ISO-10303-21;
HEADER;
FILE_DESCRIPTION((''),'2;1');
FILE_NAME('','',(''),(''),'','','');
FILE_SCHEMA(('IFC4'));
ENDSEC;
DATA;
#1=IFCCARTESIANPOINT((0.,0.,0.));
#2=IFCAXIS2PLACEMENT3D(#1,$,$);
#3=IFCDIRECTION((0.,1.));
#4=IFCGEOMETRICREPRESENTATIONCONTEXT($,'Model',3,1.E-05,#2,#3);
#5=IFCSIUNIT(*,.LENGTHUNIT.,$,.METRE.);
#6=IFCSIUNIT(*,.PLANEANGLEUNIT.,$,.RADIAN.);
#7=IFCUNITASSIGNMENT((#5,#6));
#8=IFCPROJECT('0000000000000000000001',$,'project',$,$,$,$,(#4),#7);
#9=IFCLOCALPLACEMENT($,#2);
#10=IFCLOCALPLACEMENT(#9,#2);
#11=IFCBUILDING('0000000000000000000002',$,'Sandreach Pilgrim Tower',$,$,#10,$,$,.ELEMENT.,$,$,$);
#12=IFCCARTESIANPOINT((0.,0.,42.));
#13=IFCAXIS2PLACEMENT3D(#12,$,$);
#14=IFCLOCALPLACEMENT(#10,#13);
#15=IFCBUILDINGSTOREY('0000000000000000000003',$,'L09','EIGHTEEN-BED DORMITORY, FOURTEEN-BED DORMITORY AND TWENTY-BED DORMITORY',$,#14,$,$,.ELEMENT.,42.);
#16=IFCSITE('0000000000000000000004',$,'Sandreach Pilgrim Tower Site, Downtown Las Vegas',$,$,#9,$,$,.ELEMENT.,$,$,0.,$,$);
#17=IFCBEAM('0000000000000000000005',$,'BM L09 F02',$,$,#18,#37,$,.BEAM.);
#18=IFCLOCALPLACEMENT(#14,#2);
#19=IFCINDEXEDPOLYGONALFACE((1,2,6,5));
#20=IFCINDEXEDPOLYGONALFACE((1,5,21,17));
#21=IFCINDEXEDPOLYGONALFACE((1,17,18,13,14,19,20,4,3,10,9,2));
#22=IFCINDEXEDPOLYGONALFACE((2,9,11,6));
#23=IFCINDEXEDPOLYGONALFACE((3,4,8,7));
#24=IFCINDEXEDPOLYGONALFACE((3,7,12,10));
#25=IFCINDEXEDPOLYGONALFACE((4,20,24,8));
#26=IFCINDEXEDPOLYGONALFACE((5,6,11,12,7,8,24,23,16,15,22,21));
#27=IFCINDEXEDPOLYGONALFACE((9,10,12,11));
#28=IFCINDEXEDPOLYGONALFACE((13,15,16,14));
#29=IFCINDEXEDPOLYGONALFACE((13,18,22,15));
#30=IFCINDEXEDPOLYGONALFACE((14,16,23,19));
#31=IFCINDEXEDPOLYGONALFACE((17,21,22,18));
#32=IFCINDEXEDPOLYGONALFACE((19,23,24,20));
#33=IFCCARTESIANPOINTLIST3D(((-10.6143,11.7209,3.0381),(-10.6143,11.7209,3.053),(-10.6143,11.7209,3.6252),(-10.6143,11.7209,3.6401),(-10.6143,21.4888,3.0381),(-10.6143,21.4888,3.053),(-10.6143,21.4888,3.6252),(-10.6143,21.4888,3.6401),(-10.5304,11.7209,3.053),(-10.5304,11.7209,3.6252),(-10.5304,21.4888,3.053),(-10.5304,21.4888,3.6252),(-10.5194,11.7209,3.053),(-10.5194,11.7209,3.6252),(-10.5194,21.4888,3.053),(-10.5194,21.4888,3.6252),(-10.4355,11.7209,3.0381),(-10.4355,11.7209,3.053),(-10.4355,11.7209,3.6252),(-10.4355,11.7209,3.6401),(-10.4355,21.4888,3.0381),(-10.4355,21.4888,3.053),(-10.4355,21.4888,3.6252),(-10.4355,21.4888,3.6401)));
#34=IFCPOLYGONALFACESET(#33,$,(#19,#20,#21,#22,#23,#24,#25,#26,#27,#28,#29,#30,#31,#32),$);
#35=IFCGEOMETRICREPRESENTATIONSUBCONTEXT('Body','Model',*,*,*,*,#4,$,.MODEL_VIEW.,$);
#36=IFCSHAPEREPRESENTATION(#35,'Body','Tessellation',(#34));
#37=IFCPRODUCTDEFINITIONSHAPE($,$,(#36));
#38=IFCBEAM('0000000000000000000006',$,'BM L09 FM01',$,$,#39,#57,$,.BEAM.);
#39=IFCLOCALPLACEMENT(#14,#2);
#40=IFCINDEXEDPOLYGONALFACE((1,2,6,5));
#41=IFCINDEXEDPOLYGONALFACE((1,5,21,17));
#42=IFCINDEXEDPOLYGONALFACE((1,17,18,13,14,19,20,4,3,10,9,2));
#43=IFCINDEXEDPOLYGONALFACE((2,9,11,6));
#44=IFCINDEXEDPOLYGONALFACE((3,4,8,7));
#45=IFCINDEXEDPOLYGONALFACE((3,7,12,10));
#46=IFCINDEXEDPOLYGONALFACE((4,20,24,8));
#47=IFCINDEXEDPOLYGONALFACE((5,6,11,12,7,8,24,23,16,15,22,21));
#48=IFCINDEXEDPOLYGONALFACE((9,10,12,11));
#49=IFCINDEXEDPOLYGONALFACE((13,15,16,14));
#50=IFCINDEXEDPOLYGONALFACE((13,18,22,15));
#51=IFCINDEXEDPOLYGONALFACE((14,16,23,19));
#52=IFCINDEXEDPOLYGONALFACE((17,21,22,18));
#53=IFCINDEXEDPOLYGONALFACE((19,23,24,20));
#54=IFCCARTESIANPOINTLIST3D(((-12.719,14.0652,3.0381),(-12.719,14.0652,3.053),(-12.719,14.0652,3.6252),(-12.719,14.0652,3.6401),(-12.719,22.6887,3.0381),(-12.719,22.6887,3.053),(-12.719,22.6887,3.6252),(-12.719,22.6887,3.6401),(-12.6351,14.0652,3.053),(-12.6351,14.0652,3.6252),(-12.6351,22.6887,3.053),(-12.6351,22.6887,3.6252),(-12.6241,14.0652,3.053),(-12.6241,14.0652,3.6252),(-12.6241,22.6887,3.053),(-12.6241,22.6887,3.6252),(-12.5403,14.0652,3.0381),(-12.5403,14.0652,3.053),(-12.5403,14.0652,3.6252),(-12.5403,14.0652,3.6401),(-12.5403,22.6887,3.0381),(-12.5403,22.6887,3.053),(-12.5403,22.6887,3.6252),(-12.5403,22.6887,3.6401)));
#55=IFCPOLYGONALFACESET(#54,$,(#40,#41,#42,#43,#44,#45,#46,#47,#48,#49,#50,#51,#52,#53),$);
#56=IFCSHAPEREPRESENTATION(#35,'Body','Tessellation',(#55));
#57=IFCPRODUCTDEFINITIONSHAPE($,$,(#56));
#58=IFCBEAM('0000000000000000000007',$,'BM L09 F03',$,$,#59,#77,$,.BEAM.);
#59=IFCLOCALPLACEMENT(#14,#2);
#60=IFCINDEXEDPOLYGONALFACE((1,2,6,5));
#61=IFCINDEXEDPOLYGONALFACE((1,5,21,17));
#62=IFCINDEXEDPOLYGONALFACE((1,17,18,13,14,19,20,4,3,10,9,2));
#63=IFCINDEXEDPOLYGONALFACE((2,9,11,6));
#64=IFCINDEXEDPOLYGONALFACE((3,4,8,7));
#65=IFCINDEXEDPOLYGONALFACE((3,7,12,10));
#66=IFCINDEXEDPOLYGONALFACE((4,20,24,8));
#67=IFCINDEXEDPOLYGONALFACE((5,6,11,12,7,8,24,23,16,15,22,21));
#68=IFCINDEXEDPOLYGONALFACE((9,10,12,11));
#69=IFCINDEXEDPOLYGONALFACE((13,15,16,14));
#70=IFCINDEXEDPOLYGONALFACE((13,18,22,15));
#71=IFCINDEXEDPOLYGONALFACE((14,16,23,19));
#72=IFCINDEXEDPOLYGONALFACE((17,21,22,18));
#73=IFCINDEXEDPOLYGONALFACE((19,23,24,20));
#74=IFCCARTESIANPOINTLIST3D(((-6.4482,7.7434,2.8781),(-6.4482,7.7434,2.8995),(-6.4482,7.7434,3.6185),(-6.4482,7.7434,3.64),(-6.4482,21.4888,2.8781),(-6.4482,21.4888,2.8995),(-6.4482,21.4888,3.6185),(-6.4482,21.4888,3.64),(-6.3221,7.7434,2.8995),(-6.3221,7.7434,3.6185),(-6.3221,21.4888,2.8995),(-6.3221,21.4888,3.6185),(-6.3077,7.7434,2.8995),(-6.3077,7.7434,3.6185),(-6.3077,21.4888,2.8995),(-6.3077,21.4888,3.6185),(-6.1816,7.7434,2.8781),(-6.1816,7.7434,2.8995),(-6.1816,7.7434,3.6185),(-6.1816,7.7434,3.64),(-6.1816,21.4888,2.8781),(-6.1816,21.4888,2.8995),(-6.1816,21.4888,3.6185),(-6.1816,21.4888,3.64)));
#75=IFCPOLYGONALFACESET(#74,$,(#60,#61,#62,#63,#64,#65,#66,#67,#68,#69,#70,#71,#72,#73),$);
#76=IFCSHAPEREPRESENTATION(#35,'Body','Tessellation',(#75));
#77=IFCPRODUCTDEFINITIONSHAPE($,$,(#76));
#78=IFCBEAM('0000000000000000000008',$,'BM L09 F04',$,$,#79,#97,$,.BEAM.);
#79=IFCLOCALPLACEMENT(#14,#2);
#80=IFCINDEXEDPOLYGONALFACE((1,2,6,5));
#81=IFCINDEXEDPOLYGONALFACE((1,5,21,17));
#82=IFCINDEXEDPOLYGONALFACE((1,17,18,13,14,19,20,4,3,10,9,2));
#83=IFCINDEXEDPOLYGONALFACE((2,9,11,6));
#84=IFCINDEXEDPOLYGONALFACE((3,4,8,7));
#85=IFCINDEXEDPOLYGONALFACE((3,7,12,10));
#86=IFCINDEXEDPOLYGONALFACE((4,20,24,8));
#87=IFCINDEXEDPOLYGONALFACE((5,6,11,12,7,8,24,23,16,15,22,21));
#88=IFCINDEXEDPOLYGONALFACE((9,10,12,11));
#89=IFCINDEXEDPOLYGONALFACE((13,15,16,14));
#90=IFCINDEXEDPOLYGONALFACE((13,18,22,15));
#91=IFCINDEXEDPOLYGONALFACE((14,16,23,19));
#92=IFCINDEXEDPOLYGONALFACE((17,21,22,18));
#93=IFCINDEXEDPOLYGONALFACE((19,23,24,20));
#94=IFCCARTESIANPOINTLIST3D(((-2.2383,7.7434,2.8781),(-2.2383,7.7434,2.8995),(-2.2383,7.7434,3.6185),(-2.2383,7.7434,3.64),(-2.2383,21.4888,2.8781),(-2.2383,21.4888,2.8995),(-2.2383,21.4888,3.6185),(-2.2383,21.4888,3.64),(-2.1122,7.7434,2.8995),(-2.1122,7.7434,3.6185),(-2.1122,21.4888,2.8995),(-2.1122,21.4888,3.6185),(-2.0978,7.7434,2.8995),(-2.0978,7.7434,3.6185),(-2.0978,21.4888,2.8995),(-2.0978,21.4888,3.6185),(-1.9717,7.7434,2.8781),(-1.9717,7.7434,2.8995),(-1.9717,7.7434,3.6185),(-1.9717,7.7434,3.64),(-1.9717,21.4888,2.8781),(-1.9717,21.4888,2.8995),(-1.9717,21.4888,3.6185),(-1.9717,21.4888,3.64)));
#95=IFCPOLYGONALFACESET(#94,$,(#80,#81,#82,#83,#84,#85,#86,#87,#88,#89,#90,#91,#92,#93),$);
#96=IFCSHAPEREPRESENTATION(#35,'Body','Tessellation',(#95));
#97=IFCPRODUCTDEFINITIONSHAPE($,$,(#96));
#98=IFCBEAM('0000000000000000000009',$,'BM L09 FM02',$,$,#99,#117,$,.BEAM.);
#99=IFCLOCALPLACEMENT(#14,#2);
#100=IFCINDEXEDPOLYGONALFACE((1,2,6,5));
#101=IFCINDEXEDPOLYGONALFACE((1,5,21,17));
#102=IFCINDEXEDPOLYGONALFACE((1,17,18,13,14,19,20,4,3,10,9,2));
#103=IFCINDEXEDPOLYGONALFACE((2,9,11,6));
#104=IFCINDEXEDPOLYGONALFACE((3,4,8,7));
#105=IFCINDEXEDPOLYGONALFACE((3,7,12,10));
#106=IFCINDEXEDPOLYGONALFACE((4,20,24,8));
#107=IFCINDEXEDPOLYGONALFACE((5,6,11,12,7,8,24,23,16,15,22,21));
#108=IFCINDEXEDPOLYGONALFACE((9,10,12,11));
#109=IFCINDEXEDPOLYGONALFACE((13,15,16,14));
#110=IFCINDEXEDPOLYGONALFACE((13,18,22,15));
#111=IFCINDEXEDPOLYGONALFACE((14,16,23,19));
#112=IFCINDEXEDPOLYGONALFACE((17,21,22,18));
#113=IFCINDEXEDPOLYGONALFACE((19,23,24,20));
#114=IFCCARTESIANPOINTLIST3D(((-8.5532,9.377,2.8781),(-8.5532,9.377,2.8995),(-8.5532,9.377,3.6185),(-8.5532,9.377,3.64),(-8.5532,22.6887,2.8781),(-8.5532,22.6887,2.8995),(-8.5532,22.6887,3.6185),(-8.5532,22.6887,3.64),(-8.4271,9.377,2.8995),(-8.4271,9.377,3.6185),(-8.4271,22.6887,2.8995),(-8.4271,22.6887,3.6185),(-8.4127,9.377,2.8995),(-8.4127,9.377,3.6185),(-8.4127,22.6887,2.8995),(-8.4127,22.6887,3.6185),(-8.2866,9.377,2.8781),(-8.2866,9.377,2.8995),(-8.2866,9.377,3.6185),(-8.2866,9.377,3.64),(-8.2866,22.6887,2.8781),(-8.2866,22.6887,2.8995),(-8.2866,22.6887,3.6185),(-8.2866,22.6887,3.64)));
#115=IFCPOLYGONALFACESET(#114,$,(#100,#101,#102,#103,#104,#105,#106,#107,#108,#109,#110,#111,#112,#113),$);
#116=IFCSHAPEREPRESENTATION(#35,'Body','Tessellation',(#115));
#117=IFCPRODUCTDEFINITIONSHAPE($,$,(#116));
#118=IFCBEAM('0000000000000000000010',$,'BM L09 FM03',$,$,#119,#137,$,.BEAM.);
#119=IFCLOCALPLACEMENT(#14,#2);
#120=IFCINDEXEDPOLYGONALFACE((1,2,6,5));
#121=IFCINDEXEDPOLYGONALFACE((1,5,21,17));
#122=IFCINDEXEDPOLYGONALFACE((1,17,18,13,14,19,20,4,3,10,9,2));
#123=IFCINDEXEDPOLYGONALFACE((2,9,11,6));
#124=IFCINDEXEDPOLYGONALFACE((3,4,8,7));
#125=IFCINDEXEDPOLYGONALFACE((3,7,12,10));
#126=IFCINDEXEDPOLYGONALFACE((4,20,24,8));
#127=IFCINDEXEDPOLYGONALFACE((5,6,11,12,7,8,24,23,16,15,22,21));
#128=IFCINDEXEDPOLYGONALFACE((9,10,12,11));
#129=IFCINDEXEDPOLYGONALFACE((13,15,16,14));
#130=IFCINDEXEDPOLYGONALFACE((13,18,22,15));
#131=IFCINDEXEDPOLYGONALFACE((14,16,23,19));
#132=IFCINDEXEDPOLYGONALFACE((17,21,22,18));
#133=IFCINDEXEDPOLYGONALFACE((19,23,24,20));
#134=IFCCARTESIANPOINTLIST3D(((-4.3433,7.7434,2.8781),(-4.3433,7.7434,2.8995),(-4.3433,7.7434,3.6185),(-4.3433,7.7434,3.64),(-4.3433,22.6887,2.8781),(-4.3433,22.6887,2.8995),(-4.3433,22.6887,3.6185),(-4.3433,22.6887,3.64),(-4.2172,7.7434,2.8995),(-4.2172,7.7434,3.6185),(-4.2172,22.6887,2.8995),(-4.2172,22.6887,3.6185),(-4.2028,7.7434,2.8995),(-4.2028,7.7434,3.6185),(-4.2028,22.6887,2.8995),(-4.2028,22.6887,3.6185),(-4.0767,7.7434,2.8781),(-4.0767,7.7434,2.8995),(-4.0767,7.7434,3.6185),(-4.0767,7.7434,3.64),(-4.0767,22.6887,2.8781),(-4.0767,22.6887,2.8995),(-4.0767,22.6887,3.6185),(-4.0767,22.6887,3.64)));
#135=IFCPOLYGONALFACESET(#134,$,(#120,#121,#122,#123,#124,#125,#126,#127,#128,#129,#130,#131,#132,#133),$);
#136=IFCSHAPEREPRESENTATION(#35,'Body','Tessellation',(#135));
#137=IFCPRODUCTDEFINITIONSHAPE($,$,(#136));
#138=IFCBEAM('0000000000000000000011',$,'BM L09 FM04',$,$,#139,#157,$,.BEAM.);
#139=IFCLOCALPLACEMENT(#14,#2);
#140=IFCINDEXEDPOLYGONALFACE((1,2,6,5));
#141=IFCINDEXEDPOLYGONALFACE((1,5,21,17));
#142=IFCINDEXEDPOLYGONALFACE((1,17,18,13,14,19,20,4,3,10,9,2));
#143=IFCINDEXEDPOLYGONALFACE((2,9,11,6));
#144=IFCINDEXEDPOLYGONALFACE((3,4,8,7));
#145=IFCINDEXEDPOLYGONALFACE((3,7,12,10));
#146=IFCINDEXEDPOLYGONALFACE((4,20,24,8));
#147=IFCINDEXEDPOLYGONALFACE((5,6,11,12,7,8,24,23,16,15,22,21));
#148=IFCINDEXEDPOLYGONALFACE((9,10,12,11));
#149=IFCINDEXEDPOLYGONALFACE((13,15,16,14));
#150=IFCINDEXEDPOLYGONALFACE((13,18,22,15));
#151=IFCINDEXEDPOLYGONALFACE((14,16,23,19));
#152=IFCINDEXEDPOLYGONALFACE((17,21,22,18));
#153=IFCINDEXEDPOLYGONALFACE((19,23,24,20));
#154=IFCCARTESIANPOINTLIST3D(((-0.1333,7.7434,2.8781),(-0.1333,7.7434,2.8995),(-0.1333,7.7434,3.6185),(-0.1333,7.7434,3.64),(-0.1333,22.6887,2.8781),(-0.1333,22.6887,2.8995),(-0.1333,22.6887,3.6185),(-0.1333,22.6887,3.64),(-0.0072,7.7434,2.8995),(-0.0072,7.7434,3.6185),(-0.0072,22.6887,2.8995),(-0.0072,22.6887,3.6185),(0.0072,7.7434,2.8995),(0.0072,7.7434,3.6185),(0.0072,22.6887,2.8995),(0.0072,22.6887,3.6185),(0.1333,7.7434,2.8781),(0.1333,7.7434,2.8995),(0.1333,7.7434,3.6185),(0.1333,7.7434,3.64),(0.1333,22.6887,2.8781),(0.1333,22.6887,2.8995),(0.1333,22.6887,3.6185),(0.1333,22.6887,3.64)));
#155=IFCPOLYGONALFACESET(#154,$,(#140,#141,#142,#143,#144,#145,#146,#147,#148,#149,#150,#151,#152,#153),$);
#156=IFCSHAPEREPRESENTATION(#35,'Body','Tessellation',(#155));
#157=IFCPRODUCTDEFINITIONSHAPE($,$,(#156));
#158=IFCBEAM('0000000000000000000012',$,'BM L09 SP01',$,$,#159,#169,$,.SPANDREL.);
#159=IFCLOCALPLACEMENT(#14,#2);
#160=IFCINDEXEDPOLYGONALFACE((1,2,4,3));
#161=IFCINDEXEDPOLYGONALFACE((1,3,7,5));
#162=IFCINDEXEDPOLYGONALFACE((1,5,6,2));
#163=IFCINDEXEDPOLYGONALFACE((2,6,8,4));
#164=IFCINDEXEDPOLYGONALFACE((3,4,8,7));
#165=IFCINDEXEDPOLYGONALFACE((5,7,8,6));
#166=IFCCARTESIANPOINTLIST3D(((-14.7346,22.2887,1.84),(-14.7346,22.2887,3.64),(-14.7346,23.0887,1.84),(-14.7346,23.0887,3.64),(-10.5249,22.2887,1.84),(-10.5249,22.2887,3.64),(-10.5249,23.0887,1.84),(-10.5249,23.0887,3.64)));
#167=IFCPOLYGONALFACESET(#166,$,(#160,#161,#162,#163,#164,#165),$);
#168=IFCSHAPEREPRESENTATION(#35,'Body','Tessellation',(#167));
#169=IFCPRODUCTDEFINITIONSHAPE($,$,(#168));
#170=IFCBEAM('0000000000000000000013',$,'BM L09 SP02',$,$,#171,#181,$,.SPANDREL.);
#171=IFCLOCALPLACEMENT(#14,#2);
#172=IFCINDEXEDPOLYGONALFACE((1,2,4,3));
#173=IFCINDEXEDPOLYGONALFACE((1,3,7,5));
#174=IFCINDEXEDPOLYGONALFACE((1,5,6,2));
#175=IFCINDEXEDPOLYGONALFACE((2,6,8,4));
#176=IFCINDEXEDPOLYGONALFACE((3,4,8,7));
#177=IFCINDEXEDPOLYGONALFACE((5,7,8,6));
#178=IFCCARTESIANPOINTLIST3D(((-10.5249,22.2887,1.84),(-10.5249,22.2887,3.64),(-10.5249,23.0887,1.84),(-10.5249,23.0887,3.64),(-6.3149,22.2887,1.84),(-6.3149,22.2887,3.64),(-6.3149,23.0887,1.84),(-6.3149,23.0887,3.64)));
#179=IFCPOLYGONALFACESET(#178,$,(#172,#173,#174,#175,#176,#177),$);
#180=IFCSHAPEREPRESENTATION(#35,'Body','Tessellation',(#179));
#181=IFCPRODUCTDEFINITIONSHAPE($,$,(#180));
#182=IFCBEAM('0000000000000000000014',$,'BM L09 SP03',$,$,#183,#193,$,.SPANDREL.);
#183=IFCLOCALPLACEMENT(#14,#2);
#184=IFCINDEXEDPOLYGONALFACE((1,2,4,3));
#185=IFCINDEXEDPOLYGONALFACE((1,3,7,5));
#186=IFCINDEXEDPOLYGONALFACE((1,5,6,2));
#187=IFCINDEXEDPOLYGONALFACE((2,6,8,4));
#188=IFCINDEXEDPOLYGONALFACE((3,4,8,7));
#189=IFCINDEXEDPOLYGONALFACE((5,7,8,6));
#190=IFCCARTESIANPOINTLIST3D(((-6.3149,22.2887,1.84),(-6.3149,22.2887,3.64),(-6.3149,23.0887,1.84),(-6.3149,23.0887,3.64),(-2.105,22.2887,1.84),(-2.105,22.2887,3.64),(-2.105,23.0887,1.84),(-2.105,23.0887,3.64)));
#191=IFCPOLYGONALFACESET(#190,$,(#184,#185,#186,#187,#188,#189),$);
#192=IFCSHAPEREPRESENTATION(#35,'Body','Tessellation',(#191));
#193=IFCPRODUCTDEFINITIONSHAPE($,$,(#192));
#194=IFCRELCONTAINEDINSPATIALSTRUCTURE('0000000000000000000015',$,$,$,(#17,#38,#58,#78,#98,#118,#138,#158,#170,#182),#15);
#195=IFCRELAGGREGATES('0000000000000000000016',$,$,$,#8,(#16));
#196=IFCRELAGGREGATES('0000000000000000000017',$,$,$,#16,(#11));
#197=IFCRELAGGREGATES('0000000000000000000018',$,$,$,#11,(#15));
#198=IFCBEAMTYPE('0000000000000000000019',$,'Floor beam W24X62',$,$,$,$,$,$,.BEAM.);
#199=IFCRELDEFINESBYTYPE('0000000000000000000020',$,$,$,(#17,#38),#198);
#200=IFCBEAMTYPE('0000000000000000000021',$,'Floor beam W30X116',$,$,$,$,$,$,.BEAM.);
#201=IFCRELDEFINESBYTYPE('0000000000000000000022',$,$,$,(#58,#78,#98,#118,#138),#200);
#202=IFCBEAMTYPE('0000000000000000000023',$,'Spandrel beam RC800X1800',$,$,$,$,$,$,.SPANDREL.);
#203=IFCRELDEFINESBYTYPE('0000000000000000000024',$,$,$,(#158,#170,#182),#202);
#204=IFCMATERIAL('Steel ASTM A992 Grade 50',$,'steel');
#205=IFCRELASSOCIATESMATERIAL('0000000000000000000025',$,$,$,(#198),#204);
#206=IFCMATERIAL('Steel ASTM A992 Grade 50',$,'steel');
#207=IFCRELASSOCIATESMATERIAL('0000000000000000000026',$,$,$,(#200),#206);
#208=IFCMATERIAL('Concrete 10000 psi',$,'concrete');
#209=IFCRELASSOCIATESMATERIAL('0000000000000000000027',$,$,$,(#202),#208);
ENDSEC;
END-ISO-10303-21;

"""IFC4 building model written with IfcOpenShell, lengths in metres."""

from ifc_helpers import new_model, si_unit, direction, frame, origin, origin_2d, place, context, subcontext, project, spatial, rectangle, i_section, extrude, material, material_profile, profile_set, type_object, element, save


model = new_model("IFC4")

# Units and contexts
model_context = context("Model", 3, precision=1e-05, world=origin(), true_north=direction((0.0, 1.0)))
body_context = subcontext(model_context, "Body", "Model", "MODEL_VIEW")
ifc_project = project(units=[si_unit("LENGTHUNIT", "METRE"), si_unit("PLANEANGLEUNIT", "RADIAN")], contexts=[model_context])

# Site, building, storey
site_placement = place(None, origin())
site = spatial("IfcSite", under=ifc_project, at=site_placement, Name="Sandreach Pilgrim Tower Site, Downtown Las Vegas", CompositionType="ELEMENT", RefElevation=0.0)
building_placement = place(site_placement, origin())
building = spatial("IfcBuilding", under=site, at=building_placement, Name="Sandreach Pilgrim Tower", CompositionType="ELEMENT")
storey_placement = place(building_placement, frame((0.0, 0.0, 42.0)))
storey = spatial("IfcBuildingStorey", under=building, at=storey_placement, Name="L09", Description="EIGHTEEN-BED DORMITORY, FOURTEEN-BED DORMITORY AND TWENTY-BED DORMITORY", CompositionType="ELEMENT", Elevation=42.0)

# Beams
ifc_material_1 = material(Name="Steel ASTM A992 Grade 50", Category="steel")
ifc_material_profile_1 = material_profile(ifc_material_1, i_section(OverallWidth=0.1787, OverallDepth=0.6021, WebThickness=0.011, FlangeThickness=0.0149, at=origin_2d()), Name="W24X62")
ifc_profile_set_1 = profile_set([ifc_material_profile_1], Name="Steel ASTM A992 Grade 50")
beam_type_1 = type_object("IfcBeamType", Name="Floor beam W24X62", PredefinedType="BEAM", material=ifc_profile_set_1)
beam_1_placement = place(storey_placement, frame((-10.5249, 21.4888, 3.3391), z_axis=(0.0, -1.0, 0.0), x_axis=(1.0, 0.0, 0.0)))
element("IfcBeam", 1, at=beam_1_placement, inside=storey, type_object=beam_type_1, Name="BM L09 F02", PredefinedType="BEAM", context=body_context, shape_type="SweptSolid", body=[
    extrude(i_section(OverallWidth=0.1787, OverallDepth=0.6021, WebThickness=0.011, FlangeThickness=0.0149, at=origin_2d()), origin(), (0.0, 0.0, 1.0), 9.7678),
])
beam_2_placement = place(storey_placement, frame((-12.6296, 22.6887, 3.3391), z_axis=(0.0, -1.0, 0.0), x_axis=(1.0, 0.0, 0.0)))
element("IfcBeam", 2, at=beam_2_placement, inside=storey, type_object=beam_type_1, Name="BM L09 FM01", PredefinedType="BEAM", context=body_context, shape_type="SweptSolid", body=[
    extrude(i_section(OverallWidth=0.1787, OverallDepth=0.6021, WebThickness=0.011, FlangeThickness=0.0149, at=origin_2d()), origin(), (0.0, 0.0, 1.0), 8.6235),
])
ifc_material_2 = material(Name="Steel ASTM A992 Grade 50", Category="steel")
ifc_material_profile_2 = material_profile(ifc_material_2, i_section(OverallWidth=0.2666, OverallDepth=0.762, WebThickness=0.0144, FlangeThickness=0.0215, at=origin_2d()), Name="W30X116")
ifc_profile_set_2 = profile_set([ifc_material_profile_2], Name="Steel ASTM A992 Grade 50")
beam_type_2 = type_object("IfcBeamType", Name="Floor beam W30X116", PredefinedType="BEAM", material=ifc_profile_set_2)
for number, where, z_axis, x_axis, name in (
    (3, (-6.3149, 21.4888, 3.259), (0.0, -1.0, 0.0), (1.0, 0.0, 0.0), "BM L09 F03"),
    (4, (-2.105, 21.4888, 3.259), (0.0, -1.0, 0.0), (1.0, 0.0, 0.0), "BM L09 F04"),
):
    element("IfcBeam", number, at=place(storey_placement, frame(where, z_axis=z_axis, x_axis=x_axis)), inside=storey, type_object=beam_type_2, Name=name, PredefinedType="BEAM", context=body_context, shape_type="SweptSolid", body=[
        extrude(i_section(OverallWidth=0.2666, OverallDepth=0.762, WebThickness=0.0144, FlangeThickness=0.0215, at=origin_2d()), origin(), (0.0, 0.0, 1.0), 13.7454),
    ])
beam_3_placement = place(storey_placement, frame((-8.4199, 22.6887, 3.259), z_axis=(0.0, -1.0, 0.0), x_axis=(1.0, 0.0, 0.0)))
element("IfcBeam", 5, at=beam_3_placement, inside=storey, type_object=beam_type_2, Name="BM L09 FM02", PredefinedType="BEAM", context=body_context, shape_type="SweptSolid", body=[
    extrude(i_section(OverallWidth=0.2666, OverallDepth=0.762, WebThickness=0.0144, FlangeThickness=0.0215, at=origin_2d()), origin(), (0.0, 0.0, 1.0), 13.3118),
])
for number, where, z_axis, x_axis, name in (
    (6, (-4.21, 22.6887, 3.259), (0.0, -1.0, 0.0), (1.0, 0.0, 0.0), "BM L09 FM03"),
    (7, (0.0, 22.6887, 3.259), (0.0, -1.0, 0.0), (1.0, 0.0, 0.0), "BM L09 FM04"),
):
    element("IfcBeam", number, at=place(storey_placement, frame(where, z_axis=z_axis, x_axis=x_axis)), inside=storey, type_object=beam_type_2, Name=name, PredefinedType="BEAM", context=body_context, shape_type="SweptSolid", body=[
        extrude(i_section(OverallWidth=0.2666, OverallDepth=0.762, WebThickness=0.0144, FlangeThickness=0.0215, at=origin_2d()), origin(), (0.0, 0.0, 1.0), 14.9453),
    ])
ifc_material_3 = material(Name="Concrete 10000 psi", Category="concrete")
ifc_material_profile_3 = material_profile(ifc_material_3, rectangle(XDim=0.8, YDim=1.8, at=origin_2d()), Name="RC800X1800")
ifc_profile_set_3 = profile_set([ifc_material_profile_3], Name="Concrete 10000 psi")
beam_type_3 = type_object("IfcBeamType", Name="Spandrel beam RC800X1800", PredefinedType="SPANDREL", material=ifc_profile_set_3)
beam_4_placement = place(storey_placement, frame((-14.7346, 22.6887, 2.74), z_axis=(1.0, 0.0, 0.0), x_axis=(0.0, 1.0, 0.0)))
element("IfcBeam", 8, at=beam_4_placement, inside=storey, type_object=beam_type_3, Name="BM L09 SP01", PredefinedType="SPANDREL", context=body_context, shape_type="SweptSolid", body=[
    extrude(rectangle(XDim=0.8, YDim=1.8, at=origin_2d()), origin(), (0.0, 0.0, 1.0), 4.2097),
])
for number, where, z_axis, x_axis, name in (
    (9, (-10.5249, 22.6887, 2.74), (1.0, 0.0, 0.0), (0.0, 1.0, 0.0), "BM L09 SP02"),
    (10, (-6.3149, 22.6887, 2.74), (1.0, 0.0, 0.0), (0.0, 1.0, 0.0), "BM L09 SP03"),
):
    element("IfcBeam", number, at=place(storey_placement, frame(where, z_axis=z_axis, x_axis=x_axis)), inside=storey, type_object=beam_type_3, Name=name, PredefinedType="SPANDREL", context=body_context, shape_type="SweptSolid", body=[
        extrude(rectangle(XDim=0.8, YDim=1.8, at=origin_2d()), origin(), (0.0, 0.0, 1.0), 4.21),
    ])

save(model, "model.ifc")
